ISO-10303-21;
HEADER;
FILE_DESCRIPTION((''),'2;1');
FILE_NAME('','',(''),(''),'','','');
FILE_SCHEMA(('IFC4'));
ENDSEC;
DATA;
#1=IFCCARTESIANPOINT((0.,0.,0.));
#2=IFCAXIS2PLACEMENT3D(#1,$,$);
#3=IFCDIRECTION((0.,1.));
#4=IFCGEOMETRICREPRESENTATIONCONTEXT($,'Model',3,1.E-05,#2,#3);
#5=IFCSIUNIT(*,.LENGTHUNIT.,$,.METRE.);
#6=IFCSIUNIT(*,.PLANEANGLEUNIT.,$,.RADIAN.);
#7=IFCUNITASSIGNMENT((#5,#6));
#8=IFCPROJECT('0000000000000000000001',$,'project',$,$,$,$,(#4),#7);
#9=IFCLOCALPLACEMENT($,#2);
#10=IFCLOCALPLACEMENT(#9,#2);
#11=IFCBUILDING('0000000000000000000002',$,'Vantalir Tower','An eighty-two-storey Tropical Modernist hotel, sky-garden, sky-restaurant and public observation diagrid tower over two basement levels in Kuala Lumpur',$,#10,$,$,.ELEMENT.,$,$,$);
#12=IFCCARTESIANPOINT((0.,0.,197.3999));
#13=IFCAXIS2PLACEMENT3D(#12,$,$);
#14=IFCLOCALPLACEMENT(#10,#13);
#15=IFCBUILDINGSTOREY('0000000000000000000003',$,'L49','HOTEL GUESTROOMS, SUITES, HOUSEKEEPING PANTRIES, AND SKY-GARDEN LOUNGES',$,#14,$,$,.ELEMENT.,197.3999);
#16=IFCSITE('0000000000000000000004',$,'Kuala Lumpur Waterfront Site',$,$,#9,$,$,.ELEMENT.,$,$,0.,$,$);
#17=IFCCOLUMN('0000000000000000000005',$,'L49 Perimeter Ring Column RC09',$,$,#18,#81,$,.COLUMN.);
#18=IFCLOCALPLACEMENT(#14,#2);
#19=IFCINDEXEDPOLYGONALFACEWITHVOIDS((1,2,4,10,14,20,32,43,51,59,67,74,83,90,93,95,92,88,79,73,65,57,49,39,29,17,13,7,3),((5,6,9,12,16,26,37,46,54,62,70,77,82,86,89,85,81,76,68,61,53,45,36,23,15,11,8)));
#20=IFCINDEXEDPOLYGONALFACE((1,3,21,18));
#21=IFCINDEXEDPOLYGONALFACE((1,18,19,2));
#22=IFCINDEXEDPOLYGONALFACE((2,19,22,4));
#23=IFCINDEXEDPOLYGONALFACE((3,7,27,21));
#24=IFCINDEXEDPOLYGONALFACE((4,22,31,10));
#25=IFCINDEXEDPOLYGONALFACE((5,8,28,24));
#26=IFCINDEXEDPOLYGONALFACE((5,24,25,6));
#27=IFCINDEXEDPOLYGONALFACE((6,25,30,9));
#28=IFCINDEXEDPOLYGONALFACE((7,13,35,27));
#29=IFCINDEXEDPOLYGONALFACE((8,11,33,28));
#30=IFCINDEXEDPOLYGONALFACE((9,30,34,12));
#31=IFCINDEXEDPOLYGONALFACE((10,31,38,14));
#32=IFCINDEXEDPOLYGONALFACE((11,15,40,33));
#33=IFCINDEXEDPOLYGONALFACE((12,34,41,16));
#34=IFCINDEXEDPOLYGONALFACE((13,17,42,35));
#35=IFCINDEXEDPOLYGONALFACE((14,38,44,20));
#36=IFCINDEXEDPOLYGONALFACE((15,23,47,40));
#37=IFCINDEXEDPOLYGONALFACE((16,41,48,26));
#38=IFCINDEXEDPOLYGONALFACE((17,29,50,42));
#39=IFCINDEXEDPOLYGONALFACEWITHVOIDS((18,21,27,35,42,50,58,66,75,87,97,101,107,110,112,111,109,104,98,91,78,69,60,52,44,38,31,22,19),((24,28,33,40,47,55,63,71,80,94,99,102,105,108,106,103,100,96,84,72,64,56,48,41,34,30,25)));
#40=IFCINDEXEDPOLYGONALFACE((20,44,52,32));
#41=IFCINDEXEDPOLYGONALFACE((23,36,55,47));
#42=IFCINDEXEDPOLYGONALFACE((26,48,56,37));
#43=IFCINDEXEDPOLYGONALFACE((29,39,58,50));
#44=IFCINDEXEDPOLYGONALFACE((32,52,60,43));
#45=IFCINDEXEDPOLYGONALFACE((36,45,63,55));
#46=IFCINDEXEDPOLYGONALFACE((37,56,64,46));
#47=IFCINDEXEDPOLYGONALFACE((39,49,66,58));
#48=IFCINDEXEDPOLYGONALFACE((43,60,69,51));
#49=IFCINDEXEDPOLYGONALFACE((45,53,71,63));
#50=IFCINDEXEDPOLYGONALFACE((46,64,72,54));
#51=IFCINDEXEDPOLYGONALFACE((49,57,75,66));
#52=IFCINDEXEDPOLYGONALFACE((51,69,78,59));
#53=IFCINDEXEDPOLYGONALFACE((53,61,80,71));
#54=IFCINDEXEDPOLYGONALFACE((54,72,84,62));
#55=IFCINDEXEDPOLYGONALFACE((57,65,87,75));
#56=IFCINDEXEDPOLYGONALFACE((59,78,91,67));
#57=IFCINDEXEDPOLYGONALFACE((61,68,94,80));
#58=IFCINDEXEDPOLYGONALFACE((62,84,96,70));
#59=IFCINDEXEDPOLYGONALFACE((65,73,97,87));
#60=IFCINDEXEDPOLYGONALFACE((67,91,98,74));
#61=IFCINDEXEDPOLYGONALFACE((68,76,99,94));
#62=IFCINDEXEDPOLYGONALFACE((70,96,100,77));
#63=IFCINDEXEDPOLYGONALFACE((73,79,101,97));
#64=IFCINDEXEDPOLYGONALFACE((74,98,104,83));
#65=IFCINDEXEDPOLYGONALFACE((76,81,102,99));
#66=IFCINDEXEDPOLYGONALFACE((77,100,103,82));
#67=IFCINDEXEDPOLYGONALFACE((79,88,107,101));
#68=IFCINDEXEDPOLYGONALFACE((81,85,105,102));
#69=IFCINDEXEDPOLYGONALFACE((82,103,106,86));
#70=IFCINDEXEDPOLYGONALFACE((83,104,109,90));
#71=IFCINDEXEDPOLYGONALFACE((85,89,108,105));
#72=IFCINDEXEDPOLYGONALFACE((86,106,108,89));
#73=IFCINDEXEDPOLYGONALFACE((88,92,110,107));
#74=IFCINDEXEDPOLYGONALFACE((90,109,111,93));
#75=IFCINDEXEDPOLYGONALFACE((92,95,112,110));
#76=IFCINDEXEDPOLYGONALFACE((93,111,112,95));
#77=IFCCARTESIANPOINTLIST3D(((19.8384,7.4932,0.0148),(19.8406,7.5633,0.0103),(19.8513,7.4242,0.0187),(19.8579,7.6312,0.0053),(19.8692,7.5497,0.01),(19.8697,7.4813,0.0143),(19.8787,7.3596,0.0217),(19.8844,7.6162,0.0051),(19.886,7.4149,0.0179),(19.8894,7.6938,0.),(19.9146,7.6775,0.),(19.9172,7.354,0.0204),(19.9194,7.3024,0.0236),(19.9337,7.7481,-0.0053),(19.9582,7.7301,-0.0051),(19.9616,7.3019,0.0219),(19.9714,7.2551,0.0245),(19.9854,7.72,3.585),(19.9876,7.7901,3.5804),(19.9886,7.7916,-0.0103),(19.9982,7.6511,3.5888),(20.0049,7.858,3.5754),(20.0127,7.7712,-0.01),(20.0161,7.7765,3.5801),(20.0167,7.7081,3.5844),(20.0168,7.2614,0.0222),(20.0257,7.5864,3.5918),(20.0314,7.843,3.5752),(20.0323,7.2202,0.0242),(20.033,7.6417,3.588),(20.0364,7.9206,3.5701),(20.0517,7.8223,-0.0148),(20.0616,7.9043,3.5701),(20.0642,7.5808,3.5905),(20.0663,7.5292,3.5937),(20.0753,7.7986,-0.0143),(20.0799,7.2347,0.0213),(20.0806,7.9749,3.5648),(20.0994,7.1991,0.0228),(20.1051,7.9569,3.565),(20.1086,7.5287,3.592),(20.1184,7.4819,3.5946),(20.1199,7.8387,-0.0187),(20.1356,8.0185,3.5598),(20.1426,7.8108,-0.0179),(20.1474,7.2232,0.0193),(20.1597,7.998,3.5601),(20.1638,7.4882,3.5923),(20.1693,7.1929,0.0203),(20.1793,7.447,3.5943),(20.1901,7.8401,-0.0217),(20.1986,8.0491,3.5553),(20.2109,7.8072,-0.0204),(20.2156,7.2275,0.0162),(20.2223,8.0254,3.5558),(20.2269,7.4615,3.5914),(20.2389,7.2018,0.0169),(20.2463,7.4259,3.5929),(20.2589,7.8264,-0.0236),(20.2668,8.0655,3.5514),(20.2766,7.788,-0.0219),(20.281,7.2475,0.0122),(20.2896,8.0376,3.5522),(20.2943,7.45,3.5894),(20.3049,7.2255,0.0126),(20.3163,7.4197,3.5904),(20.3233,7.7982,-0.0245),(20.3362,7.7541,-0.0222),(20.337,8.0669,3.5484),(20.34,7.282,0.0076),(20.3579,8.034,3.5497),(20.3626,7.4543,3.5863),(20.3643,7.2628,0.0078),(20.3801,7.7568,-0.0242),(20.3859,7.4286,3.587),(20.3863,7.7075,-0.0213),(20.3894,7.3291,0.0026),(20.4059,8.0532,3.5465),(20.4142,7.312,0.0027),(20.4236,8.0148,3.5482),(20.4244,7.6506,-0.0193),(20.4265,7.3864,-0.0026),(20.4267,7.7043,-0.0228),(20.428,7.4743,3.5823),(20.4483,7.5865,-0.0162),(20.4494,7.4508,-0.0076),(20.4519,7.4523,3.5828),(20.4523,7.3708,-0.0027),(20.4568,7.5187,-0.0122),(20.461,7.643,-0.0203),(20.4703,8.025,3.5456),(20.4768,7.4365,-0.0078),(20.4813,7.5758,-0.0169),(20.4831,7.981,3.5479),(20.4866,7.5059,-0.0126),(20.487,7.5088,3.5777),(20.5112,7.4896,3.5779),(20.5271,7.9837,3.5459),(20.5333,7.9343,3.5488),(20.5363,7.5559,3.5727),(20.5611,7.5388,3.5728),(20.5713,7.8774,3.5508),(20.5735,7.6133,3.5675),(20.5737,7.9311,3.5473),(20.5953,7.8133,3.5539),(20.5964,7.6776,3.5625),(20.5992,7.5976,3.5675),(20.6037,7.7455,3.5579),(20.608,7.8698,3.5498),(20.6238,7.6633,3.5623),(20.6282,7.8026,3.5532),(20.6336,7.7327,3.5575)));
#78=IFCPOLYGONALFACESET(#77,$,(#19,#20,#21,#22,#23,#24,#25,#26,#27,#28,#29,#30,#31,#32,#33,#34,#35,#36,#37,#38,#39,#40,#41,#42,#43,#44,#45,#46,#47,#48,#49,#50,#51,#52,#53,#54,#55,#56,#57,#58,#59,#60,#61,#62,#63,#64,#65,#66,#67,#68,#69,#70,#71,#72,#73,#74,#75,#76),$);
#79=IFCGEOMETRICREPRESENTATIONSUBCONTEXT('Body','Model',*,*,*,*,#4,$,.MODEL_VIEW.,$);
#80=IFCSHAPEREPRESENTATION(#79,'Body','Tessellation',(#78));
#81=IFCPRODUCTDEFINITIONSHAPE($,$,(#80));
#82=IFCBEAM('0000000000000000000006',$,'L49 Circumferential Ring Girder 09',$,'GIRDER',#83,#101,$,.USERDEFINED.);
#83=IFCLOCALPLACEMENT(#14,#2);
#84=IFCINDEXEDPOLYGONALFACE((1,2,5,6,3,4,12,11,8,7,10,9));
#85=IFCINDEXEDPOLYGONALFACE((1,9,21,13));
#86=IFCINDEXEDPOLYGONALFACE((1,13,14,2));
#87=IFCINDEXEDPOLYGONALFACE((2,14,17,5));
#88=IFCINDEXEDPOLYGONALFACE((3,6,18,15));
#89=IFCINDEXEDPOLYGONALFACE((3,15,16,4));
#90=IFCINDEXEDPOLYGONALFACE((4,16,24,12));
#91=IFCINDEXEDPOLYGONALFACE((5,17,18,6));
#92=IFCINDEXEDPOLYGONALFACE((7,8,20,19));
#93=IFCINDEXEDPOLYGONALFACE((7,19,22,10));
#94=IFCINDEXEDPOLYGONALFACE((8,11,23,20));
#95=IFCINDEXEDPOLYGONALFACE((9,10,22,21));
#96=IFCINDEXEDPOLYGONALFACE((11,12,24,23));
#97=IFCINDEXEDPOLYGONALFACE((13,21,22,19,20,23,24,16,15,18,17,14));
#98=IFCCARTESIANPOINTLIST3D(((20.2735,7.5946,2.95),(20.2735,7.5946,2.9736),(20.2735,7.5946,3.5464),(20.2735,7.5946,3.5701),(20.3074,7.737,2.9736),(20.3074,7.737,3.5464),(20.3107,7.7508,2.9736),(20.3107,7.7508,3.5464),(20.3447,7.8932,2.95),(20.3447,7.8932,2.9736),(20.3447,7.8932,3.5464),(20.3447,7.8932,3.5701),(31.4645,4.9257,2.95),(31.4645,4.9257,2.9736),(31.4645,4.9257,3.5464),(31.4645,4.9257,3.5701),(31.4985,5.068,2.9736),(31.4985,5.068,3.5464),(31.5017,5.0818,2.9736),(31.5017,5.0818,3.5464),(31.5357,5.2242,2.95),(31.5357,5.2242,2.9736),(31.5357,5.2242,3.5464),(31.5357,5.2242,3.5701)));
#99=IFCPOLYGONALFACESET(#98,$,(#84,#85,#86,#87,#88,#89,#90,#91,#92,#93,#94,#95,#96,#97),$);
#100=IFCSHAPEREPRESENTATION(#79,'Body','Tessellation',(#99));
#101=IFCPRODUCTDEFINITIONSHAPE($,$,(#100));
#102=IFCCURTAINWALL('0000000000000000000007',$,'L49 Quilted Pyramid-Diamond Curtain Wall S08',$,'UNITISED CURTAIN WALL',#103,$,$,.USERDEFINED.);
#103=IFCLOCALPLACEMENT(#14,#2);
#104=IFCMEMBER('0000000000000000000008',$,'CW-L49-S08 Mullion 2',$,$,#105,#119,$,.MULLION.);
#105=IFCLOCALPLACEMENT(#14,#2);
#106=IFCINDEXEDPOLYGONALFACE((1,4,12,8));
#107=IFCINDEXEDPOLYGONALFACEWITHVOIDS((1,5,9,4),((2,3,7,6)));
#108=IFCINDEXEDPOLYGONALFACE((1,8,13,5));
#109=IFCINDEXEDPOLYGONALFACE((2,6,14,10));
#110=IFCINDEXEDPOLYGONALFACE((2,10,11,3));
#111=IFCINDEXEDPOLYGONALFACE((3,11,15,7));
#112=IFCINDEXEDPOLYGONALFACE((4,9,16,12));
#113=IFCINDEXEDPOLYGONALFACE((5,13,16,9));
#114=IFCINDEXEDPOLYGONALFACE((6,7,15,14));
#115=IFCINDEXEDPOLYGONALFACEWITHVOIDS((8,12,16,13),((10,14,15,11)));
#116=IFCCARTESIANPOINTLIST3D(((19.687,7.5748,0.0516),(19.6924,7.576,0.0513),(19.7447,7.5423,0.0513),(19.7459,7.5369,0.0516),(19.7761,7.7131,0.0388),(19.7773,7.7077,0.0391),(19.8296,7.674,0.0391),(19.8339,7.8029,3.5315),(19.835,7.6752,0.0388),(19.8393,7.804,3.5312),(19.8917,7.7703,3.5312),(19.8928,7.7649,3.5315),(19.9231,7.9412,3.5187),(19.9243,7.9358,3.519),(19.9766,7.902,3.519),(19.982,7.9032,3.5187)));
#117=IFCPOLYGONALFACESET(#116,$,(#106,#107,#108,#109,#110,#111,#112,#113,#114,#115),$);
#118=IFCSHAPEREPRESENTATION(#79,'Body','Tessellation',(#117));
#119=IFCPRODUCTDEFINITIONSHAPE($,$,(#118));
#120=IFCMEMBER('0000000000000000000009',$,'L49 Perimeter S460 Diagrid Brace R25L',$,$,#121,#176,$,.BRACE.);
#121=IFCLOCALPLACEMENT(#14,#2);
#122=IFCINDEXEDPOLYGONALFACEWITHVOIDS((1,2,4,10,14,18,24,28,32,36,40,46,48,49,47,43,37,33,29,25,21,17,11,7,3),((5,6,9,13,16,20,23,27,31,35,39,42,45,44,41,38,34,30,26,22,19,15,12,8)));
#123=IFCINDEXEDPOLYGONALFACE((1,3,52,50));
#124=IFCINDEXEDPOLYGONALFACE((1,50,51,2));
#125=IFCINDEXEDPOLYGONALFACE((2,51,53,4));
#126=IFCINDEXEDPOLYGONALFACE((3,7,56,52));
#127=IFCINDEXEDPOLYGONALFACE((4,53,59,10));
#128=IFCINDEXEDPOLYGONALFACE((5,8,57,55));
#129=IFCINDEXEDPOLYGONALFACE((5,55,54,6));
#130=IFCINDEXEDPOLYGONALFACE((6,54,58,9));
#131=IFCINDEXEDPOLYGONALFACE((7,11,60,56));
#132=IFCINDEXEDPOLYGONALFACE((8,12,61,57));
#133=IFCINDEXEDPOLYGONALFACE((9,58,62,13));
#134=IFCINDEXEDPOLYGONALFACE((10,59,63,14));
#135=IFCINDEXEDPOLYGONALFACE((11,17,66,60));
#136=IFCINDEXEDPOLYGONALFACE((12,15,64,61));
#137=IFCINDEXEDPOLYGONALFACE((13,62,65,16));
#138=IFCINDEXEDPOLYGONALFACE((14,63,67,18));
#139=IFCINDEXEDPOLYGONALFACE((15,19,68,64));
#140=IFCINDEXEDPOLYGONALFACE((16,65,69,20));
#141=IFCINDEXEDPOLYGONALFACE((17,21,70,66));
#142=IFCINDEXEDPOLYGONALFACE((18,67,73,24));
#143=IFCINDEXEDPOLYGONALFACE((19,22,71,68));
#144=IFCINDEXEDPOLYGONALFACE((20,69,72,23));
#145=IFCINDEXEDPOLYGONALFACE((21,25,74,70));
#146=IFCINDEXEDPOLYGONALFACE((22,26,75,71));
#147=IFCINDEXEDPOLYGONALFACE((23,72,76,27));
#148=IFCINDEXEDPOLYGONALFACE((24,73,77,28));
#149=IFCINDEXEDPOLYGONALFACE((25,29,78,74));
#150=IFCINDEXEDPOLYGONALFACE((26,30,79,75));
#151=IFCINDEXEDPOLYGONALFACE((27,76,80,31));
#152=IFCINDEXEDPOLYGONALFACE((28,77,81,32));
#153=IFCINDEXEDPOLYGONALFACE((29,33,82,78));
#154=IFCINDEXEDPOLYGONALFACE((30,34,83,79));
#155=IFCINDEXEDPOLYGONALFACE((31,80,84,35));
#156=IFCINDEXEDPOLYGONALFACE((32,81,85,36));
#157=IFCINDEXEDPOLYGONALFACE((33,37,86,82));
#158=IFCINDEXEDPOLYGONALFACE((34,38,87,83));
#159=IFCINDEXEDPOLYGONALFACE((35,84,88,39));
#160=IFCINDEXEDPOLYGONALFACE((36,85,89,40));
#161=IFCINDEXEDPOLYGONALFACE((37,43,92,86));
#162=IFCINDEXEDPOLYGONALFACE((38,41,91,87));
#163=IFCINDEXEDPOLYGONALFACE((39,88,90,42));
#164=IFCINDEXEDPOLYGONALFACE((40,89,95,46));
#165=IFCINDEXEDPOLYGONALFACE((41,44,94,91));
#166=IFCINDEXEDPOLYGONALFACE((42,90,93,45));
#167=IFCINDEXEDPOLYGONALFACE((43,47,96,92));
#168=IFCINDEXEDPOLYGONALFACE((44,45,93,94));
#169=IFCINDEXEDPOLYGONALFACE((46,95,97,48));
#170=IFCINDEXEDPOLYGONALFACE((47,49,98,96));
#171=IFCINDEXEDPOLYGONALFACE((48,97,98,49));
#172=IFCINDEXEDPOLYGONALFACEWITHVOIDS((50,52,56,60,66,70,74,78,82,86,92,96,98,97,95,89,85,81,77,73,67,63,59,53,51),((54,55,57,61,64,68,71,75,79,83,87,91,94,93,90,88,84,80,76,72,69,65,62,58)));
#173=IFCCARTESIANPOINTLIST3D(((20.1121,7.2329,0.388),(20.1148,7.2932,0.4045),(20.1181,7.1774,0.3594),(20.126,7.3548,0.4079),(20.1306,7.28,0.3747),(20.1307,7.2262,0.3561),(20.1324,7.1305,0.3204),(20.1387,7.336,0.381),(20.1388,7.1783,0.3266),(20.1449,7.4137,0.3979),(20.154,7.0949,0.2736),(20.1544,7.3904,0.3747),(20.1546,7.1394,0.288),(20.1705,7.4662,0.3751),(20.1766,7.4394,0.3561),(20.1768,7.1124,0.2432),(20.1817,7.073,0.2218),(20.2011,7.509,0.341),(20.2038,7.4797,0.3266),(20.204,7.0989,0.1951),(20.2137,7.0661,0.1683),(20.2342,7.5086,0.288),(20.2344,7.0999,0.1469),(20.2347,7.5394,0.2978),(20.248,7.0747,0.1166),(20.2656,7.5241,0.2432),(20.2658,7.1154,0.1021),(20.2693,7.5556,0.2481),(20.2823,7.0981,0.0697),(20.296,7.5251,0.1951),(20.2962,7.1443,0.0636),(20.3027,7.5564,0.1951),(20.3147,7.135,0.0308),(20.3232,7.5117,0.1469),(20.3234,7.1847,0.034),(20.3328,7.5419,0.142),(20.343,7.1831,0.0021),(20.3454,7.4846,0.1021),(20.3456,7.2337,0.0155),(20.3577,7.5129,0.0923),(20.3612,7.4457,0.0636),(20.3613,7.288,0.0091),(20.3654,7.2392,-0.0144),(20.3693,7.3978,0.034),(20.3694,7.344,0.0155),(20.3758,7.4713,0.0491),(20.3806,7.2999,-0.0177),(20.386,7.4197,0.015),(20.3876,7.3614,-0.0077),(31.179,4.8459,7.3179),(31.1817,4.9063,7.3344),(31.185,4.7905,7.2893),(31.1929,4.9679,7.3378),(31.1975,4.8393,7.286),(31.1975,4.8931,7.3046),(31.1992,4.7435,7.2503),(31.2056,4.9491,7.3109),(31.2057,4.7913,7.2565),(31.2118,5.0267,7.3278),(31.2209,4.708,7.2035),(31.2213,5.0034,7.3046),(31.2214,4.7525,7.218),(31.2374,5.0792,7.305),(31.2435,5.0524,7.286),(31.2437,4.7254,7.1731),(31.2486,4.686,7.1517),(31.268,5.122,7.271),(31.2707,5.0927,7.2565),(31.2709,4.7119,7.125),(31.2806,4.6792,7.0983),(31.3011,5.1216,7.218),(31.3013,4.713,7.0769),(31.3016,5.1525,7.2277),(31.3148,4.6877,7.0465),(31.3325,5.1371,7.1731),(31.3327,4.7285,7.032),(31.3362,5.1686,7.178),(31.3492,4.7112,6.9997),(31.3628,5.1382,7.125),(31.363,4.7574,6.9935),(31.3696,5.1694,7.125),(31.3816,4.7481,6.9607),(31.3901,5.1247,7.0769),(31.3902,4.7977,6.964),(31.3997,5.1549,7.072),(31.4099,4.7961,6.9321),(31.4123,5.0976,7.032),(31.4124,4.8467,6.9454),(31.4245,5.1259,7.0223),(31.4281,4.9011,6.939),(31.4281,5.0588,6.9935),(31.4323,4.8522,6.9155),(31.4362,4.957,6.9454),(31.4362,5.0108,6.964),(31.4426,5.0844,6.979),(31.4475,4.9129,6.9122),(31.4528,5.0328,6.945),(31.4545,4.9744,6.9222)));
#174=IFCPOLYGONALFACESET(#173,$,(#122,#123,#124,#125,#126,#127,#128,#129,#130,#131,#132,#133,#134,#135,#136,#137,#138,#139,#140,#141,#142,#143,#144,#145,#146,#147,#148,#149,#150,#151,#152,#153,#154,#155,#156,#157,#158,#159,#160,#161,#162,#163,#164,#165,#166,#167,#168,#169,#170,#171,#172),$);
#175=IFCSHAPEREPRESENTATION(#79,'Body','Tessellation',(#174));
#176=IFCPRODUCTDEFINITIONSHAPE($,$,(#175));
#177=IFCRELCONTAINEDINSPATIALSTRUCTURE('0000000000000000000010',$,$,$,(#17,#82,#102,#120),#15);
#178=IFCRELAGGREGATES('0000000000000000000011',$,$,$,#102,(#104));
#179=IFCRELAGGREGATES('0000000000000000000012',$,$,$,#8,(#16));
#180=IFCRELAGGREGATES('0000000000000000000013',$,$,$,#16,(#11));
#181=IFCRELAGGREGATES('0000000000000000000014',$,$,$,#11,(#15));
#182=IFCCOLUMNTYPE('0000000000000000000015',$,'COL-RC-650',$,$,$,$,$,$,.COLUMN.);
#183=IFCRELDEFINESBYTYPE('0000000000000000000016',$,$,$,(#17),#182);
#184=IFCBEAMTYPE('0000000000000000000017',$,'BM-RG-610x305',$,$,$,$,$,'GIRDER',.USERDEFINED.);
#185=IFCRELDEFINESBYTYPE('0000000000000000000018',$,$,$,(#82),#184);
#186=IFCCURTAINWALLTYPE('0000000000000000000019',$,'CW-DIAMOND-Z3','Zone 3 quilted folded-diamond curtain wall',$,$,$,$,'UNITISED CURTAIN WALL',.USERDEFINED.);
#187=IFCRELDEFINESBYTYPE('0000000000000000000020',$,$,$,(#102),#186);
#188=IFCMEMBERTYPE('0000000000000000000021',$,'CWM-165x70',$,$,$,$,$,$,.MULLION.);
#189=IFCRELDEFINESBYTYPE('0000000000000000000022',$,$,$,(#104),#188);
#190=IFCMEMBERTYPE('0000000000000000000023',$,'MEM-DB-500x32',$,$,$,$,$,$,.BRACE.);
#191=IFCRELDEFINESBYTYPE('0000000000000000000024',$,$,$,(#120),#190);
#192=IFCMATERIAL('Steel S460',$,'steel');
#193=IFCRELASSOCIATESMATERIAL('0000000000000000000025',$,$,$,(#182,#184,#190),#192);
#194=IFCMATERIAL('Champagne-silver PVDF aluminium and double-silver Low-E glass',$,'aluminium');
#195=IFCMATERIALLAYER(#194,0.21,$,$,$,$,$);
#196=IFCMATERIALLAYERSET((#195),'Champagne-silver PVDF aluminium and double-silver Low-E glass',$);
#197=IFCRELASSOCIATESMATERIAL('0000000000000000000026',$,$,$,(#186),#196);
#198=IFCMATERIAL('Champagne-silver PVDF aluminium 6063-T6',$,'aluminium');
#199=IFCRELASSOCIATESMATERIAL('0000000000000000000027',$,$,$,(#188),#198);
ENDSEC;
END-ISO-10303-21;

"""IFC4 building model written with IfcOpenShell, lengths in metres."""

from ifc_helpers import new_model, si_unit, direction, frame, origin, origin_2d, place, context, subcontext, project, spatial, hollow_rectangle, hollow_circle, i_section, extrude, material, layer, layer_set, material_profile, profile_set, type_object, element, aggregate, save


model = new_model("IFC4")

# Units and contexts
model_context = context("Model", 3, precision=1e-05, world=origin(), true_north=direction((0.0, 1.0)))
body_context = subcontext(model_context, "Body", "Model", "MODEL_VIEW")
ifc_project = project(units=[si_unit("LENGTHUNIT", "METRE"), si_unit("PLANEANGLEUNIT", "RADIAN")], contexts=[model_context])

# Site, building, storey
site_placement = place(None, origin())
site = spatial("IfcSite", under=ifc_project, at=site_placement, Name="Kuala Lumpur Waterfront Site", CompositionType="ELEMENT", RefElevation=0.0)
building_placement = place(site_placement, origin())
building = spatial("IfcBuilding", under=site, at=building_placement, Name="Vantalir Tower", Description="An eighty-two-storey Tropical Modernist hotel, sky-garden, sky-restaurant and public observation diagrid tower over two basement levels in Kuala Lumpur", CompositionType="ELEMENT")
storey_placement = place(building_placement, frame((0.0, 0.0, 197.3999)))
storey = spatial("IfcBuildingStorey", under=building, at=storey_placement, Name="L49", Description="HOTEL GUESTROOMS, SUITES, HOUSEKEEPING PANTRIES, AND SKY-GARDEN LOUNGES", CompositionType="ELEMENT", Elevation=197.3999)

# Column
ifc_material_1 = material(Name="Steel S460", Category="steel")
ifc_material_profile_1 = material_profile(ifc_material_1, hollow_circle(Radius=0.325, WallThickness=0.03, at=origin_2d()), Name="Steel S460")
ifc_profile_set_1 = profile_set([ifc_material_profile_1], Name="Steel S460")
column_type = type_object("IfcColumnType", Name="COL-RC-650", PredefinedType="COLUMN", material=ifc_profile_set_1)
column_placement = place(storey_placement, frame((20.1621, 7.5171, 0.0), z_axis=(0.041051, 0.063349, 0.997147), x_axis=(-0.839206, 0.543813, 0.0)))
element("IfcColumn", 1, at=column_placement, inside=storey, type_object=column_type, Name="L49 Perimeter Ring Column RC09", PredefinedType="COLUMN", context=body_context, shape_type="SweptSolid", body=[
    extrude(hollow_circle(Radius=0.325, WallThickness=0.03, at=origin_2d()), origin(), (0.0, 0.0, 1.0), 3.5803),
])

# Beam
ifc_material_profile_2 = material_profile(ifc_material_1, i_section(OverallWidth=0.3069, OverallDepth=0.6201, WebThickness=0.0142, FlangeThickness=0.0237, at=origin_2d()), Name="Steel S460")
ifc_profile_set_2 = profile_set([ifc_material_profile_2], Name="Steel S460")
beam_type = type_object("IfcBeamType", Name="BM-RG-610x305", ElementType="GIRDER", PredefinedType="USERDEFINED", material=ifc_profile_set_2)
beam_placement = place(storey_placement, frame((20.3091, 7.7439, 3.26), z_axis=(0.972719, -0.231986, 0.0), x_axis=(0.231986, 0.972719, 0.0)))
element("IfcBeam", 2, at=beam_placement, inside=storey, type_object=beam_type, Name="L49 Circumferential Ring Girder 09", ObjectType="GIRDER", PredefinedType="USERDEFINED", context=body_context, shape_type="SweptSolid", body=[
    extrude(i_section(OverallWidth=0.3069, OverallDepth=0.6201, WebThickness=0.0142, FlangeThickness=0.0237, at=origin_2d()), origin(), (0.0, 0.0, 1.0), 11.5049),
])

# Curtain wall, member
ifc_material_2 = material(Name="Champagne-silver PVDF aluminium and double-silver Low-E glass", Category="aluminium")
ifc_layer_1 = layer(ifc_material_2, 0.21)
ifc_layer_set_1 = layer_set([ifc_layer_1], Name="Champagne-silver PVDF aluminium and double-silver Low-E glass")
curtain_wall_type = type_object("IfcCurtainWallType", Name="CW-DIAMOND-Z3", Description="Zone 3 quilted folded-diamond curtain wall", ElementType="UNITISED CURTAIN WALL", PredefinedType="USERDEFINED", material=ifc_layer_set_1)
curtain_wall_placement = place(storey_placement, origin())
curtain_wall = element("IfcCurtainWall", 3, at=curtain_wall_placement, inside=storey, type_object=curtain_wall_type, Name="L49 Quilted Pyramid-Diamond Curtain Wall S08", ObjectType="UNITISED CURTAIN WALL", PredefinedType="USERDEFINED")
ifc_material_3 = material(Name="Champagne-silver PVDF aluminium 6063-T6", Category="aluminium")
ifc_material_profile_3 = material_profile(ifc_material_3, hollow_rectangle(XDim=0.0701, YDim=0.165, WallThickness=0.0039, at=origin_2d()), Name="Champagne-silver PVDF aluminium 6063-T6")
ifc_profile_set_3 = profile_set([ifc_material_profile_3], Name="Champagne-silver PVDF aluminium 6063-T6")
member_type_1 = type_object("IfcMemberType", Name="CWM-165x70", PredefinedType="MULLION", material=ifc_profile_set_3)
member_1_placement = place(storey_placement, frame((19.761, 7.625, 0.0452), z_axis=(0.042106, 0.065327, 0.996975), x_axis=(-0.840535, 0.541758, 0.0)))
member_1 = element("IfcMember", 4, at=member_1_placement, type_object=member_type_1, Name="CW-L49-S08 Mullion 2", PredefinedType="MULLION", context=body_context, shape_type="SweptSolid", body=[
    extrude(hollow_rectangle(XDim=0.0701, YDim=0.165, WallThickness=0.0039, at=origin_2d()), origin(), (0.0, 0.0, 1.0), 3.4905),
])
aggregate(curtain_wall, [member_1])

# Member
ifc_material_profile_4 = material_profile(ifc_material_1, hollow_circle(Radius=0.25, WallThickness=0.032, at=origin_2d()), Name="Steel S460")
ifc_profile_set_4 = profile_set([ifc_material_profile_4], Name="Steel S460")
member_type_2 = type_object("IfcMemberType", Name="MEM-DB-500x32", PredefinedType="BRACE", material=ifc_profile_set_4)
member_2_placement = place(storey_placement, frame((20.25, 7.312, 0.1951), z_axis=(0.83373, -0.179823, 0.52207), x_axis=(0.210837, 0.977521, 0.0)))
element("IfcMember", 5, at=member_2_placement, inside=storey, type_object=member_type_2, Name="L49 Perimeter S460 Diagrid Brace R25L", PredefinedType="BRACE", context=body_context, shape_type="SweptSolid", body=[
    extrude(hollow_circle(Radius=0.25, WallThickness=0.032, at=origin_2d()), origin(), (0.0, 0.0, 1.0), 13.2739),
])

save(model, "model.ifc")
